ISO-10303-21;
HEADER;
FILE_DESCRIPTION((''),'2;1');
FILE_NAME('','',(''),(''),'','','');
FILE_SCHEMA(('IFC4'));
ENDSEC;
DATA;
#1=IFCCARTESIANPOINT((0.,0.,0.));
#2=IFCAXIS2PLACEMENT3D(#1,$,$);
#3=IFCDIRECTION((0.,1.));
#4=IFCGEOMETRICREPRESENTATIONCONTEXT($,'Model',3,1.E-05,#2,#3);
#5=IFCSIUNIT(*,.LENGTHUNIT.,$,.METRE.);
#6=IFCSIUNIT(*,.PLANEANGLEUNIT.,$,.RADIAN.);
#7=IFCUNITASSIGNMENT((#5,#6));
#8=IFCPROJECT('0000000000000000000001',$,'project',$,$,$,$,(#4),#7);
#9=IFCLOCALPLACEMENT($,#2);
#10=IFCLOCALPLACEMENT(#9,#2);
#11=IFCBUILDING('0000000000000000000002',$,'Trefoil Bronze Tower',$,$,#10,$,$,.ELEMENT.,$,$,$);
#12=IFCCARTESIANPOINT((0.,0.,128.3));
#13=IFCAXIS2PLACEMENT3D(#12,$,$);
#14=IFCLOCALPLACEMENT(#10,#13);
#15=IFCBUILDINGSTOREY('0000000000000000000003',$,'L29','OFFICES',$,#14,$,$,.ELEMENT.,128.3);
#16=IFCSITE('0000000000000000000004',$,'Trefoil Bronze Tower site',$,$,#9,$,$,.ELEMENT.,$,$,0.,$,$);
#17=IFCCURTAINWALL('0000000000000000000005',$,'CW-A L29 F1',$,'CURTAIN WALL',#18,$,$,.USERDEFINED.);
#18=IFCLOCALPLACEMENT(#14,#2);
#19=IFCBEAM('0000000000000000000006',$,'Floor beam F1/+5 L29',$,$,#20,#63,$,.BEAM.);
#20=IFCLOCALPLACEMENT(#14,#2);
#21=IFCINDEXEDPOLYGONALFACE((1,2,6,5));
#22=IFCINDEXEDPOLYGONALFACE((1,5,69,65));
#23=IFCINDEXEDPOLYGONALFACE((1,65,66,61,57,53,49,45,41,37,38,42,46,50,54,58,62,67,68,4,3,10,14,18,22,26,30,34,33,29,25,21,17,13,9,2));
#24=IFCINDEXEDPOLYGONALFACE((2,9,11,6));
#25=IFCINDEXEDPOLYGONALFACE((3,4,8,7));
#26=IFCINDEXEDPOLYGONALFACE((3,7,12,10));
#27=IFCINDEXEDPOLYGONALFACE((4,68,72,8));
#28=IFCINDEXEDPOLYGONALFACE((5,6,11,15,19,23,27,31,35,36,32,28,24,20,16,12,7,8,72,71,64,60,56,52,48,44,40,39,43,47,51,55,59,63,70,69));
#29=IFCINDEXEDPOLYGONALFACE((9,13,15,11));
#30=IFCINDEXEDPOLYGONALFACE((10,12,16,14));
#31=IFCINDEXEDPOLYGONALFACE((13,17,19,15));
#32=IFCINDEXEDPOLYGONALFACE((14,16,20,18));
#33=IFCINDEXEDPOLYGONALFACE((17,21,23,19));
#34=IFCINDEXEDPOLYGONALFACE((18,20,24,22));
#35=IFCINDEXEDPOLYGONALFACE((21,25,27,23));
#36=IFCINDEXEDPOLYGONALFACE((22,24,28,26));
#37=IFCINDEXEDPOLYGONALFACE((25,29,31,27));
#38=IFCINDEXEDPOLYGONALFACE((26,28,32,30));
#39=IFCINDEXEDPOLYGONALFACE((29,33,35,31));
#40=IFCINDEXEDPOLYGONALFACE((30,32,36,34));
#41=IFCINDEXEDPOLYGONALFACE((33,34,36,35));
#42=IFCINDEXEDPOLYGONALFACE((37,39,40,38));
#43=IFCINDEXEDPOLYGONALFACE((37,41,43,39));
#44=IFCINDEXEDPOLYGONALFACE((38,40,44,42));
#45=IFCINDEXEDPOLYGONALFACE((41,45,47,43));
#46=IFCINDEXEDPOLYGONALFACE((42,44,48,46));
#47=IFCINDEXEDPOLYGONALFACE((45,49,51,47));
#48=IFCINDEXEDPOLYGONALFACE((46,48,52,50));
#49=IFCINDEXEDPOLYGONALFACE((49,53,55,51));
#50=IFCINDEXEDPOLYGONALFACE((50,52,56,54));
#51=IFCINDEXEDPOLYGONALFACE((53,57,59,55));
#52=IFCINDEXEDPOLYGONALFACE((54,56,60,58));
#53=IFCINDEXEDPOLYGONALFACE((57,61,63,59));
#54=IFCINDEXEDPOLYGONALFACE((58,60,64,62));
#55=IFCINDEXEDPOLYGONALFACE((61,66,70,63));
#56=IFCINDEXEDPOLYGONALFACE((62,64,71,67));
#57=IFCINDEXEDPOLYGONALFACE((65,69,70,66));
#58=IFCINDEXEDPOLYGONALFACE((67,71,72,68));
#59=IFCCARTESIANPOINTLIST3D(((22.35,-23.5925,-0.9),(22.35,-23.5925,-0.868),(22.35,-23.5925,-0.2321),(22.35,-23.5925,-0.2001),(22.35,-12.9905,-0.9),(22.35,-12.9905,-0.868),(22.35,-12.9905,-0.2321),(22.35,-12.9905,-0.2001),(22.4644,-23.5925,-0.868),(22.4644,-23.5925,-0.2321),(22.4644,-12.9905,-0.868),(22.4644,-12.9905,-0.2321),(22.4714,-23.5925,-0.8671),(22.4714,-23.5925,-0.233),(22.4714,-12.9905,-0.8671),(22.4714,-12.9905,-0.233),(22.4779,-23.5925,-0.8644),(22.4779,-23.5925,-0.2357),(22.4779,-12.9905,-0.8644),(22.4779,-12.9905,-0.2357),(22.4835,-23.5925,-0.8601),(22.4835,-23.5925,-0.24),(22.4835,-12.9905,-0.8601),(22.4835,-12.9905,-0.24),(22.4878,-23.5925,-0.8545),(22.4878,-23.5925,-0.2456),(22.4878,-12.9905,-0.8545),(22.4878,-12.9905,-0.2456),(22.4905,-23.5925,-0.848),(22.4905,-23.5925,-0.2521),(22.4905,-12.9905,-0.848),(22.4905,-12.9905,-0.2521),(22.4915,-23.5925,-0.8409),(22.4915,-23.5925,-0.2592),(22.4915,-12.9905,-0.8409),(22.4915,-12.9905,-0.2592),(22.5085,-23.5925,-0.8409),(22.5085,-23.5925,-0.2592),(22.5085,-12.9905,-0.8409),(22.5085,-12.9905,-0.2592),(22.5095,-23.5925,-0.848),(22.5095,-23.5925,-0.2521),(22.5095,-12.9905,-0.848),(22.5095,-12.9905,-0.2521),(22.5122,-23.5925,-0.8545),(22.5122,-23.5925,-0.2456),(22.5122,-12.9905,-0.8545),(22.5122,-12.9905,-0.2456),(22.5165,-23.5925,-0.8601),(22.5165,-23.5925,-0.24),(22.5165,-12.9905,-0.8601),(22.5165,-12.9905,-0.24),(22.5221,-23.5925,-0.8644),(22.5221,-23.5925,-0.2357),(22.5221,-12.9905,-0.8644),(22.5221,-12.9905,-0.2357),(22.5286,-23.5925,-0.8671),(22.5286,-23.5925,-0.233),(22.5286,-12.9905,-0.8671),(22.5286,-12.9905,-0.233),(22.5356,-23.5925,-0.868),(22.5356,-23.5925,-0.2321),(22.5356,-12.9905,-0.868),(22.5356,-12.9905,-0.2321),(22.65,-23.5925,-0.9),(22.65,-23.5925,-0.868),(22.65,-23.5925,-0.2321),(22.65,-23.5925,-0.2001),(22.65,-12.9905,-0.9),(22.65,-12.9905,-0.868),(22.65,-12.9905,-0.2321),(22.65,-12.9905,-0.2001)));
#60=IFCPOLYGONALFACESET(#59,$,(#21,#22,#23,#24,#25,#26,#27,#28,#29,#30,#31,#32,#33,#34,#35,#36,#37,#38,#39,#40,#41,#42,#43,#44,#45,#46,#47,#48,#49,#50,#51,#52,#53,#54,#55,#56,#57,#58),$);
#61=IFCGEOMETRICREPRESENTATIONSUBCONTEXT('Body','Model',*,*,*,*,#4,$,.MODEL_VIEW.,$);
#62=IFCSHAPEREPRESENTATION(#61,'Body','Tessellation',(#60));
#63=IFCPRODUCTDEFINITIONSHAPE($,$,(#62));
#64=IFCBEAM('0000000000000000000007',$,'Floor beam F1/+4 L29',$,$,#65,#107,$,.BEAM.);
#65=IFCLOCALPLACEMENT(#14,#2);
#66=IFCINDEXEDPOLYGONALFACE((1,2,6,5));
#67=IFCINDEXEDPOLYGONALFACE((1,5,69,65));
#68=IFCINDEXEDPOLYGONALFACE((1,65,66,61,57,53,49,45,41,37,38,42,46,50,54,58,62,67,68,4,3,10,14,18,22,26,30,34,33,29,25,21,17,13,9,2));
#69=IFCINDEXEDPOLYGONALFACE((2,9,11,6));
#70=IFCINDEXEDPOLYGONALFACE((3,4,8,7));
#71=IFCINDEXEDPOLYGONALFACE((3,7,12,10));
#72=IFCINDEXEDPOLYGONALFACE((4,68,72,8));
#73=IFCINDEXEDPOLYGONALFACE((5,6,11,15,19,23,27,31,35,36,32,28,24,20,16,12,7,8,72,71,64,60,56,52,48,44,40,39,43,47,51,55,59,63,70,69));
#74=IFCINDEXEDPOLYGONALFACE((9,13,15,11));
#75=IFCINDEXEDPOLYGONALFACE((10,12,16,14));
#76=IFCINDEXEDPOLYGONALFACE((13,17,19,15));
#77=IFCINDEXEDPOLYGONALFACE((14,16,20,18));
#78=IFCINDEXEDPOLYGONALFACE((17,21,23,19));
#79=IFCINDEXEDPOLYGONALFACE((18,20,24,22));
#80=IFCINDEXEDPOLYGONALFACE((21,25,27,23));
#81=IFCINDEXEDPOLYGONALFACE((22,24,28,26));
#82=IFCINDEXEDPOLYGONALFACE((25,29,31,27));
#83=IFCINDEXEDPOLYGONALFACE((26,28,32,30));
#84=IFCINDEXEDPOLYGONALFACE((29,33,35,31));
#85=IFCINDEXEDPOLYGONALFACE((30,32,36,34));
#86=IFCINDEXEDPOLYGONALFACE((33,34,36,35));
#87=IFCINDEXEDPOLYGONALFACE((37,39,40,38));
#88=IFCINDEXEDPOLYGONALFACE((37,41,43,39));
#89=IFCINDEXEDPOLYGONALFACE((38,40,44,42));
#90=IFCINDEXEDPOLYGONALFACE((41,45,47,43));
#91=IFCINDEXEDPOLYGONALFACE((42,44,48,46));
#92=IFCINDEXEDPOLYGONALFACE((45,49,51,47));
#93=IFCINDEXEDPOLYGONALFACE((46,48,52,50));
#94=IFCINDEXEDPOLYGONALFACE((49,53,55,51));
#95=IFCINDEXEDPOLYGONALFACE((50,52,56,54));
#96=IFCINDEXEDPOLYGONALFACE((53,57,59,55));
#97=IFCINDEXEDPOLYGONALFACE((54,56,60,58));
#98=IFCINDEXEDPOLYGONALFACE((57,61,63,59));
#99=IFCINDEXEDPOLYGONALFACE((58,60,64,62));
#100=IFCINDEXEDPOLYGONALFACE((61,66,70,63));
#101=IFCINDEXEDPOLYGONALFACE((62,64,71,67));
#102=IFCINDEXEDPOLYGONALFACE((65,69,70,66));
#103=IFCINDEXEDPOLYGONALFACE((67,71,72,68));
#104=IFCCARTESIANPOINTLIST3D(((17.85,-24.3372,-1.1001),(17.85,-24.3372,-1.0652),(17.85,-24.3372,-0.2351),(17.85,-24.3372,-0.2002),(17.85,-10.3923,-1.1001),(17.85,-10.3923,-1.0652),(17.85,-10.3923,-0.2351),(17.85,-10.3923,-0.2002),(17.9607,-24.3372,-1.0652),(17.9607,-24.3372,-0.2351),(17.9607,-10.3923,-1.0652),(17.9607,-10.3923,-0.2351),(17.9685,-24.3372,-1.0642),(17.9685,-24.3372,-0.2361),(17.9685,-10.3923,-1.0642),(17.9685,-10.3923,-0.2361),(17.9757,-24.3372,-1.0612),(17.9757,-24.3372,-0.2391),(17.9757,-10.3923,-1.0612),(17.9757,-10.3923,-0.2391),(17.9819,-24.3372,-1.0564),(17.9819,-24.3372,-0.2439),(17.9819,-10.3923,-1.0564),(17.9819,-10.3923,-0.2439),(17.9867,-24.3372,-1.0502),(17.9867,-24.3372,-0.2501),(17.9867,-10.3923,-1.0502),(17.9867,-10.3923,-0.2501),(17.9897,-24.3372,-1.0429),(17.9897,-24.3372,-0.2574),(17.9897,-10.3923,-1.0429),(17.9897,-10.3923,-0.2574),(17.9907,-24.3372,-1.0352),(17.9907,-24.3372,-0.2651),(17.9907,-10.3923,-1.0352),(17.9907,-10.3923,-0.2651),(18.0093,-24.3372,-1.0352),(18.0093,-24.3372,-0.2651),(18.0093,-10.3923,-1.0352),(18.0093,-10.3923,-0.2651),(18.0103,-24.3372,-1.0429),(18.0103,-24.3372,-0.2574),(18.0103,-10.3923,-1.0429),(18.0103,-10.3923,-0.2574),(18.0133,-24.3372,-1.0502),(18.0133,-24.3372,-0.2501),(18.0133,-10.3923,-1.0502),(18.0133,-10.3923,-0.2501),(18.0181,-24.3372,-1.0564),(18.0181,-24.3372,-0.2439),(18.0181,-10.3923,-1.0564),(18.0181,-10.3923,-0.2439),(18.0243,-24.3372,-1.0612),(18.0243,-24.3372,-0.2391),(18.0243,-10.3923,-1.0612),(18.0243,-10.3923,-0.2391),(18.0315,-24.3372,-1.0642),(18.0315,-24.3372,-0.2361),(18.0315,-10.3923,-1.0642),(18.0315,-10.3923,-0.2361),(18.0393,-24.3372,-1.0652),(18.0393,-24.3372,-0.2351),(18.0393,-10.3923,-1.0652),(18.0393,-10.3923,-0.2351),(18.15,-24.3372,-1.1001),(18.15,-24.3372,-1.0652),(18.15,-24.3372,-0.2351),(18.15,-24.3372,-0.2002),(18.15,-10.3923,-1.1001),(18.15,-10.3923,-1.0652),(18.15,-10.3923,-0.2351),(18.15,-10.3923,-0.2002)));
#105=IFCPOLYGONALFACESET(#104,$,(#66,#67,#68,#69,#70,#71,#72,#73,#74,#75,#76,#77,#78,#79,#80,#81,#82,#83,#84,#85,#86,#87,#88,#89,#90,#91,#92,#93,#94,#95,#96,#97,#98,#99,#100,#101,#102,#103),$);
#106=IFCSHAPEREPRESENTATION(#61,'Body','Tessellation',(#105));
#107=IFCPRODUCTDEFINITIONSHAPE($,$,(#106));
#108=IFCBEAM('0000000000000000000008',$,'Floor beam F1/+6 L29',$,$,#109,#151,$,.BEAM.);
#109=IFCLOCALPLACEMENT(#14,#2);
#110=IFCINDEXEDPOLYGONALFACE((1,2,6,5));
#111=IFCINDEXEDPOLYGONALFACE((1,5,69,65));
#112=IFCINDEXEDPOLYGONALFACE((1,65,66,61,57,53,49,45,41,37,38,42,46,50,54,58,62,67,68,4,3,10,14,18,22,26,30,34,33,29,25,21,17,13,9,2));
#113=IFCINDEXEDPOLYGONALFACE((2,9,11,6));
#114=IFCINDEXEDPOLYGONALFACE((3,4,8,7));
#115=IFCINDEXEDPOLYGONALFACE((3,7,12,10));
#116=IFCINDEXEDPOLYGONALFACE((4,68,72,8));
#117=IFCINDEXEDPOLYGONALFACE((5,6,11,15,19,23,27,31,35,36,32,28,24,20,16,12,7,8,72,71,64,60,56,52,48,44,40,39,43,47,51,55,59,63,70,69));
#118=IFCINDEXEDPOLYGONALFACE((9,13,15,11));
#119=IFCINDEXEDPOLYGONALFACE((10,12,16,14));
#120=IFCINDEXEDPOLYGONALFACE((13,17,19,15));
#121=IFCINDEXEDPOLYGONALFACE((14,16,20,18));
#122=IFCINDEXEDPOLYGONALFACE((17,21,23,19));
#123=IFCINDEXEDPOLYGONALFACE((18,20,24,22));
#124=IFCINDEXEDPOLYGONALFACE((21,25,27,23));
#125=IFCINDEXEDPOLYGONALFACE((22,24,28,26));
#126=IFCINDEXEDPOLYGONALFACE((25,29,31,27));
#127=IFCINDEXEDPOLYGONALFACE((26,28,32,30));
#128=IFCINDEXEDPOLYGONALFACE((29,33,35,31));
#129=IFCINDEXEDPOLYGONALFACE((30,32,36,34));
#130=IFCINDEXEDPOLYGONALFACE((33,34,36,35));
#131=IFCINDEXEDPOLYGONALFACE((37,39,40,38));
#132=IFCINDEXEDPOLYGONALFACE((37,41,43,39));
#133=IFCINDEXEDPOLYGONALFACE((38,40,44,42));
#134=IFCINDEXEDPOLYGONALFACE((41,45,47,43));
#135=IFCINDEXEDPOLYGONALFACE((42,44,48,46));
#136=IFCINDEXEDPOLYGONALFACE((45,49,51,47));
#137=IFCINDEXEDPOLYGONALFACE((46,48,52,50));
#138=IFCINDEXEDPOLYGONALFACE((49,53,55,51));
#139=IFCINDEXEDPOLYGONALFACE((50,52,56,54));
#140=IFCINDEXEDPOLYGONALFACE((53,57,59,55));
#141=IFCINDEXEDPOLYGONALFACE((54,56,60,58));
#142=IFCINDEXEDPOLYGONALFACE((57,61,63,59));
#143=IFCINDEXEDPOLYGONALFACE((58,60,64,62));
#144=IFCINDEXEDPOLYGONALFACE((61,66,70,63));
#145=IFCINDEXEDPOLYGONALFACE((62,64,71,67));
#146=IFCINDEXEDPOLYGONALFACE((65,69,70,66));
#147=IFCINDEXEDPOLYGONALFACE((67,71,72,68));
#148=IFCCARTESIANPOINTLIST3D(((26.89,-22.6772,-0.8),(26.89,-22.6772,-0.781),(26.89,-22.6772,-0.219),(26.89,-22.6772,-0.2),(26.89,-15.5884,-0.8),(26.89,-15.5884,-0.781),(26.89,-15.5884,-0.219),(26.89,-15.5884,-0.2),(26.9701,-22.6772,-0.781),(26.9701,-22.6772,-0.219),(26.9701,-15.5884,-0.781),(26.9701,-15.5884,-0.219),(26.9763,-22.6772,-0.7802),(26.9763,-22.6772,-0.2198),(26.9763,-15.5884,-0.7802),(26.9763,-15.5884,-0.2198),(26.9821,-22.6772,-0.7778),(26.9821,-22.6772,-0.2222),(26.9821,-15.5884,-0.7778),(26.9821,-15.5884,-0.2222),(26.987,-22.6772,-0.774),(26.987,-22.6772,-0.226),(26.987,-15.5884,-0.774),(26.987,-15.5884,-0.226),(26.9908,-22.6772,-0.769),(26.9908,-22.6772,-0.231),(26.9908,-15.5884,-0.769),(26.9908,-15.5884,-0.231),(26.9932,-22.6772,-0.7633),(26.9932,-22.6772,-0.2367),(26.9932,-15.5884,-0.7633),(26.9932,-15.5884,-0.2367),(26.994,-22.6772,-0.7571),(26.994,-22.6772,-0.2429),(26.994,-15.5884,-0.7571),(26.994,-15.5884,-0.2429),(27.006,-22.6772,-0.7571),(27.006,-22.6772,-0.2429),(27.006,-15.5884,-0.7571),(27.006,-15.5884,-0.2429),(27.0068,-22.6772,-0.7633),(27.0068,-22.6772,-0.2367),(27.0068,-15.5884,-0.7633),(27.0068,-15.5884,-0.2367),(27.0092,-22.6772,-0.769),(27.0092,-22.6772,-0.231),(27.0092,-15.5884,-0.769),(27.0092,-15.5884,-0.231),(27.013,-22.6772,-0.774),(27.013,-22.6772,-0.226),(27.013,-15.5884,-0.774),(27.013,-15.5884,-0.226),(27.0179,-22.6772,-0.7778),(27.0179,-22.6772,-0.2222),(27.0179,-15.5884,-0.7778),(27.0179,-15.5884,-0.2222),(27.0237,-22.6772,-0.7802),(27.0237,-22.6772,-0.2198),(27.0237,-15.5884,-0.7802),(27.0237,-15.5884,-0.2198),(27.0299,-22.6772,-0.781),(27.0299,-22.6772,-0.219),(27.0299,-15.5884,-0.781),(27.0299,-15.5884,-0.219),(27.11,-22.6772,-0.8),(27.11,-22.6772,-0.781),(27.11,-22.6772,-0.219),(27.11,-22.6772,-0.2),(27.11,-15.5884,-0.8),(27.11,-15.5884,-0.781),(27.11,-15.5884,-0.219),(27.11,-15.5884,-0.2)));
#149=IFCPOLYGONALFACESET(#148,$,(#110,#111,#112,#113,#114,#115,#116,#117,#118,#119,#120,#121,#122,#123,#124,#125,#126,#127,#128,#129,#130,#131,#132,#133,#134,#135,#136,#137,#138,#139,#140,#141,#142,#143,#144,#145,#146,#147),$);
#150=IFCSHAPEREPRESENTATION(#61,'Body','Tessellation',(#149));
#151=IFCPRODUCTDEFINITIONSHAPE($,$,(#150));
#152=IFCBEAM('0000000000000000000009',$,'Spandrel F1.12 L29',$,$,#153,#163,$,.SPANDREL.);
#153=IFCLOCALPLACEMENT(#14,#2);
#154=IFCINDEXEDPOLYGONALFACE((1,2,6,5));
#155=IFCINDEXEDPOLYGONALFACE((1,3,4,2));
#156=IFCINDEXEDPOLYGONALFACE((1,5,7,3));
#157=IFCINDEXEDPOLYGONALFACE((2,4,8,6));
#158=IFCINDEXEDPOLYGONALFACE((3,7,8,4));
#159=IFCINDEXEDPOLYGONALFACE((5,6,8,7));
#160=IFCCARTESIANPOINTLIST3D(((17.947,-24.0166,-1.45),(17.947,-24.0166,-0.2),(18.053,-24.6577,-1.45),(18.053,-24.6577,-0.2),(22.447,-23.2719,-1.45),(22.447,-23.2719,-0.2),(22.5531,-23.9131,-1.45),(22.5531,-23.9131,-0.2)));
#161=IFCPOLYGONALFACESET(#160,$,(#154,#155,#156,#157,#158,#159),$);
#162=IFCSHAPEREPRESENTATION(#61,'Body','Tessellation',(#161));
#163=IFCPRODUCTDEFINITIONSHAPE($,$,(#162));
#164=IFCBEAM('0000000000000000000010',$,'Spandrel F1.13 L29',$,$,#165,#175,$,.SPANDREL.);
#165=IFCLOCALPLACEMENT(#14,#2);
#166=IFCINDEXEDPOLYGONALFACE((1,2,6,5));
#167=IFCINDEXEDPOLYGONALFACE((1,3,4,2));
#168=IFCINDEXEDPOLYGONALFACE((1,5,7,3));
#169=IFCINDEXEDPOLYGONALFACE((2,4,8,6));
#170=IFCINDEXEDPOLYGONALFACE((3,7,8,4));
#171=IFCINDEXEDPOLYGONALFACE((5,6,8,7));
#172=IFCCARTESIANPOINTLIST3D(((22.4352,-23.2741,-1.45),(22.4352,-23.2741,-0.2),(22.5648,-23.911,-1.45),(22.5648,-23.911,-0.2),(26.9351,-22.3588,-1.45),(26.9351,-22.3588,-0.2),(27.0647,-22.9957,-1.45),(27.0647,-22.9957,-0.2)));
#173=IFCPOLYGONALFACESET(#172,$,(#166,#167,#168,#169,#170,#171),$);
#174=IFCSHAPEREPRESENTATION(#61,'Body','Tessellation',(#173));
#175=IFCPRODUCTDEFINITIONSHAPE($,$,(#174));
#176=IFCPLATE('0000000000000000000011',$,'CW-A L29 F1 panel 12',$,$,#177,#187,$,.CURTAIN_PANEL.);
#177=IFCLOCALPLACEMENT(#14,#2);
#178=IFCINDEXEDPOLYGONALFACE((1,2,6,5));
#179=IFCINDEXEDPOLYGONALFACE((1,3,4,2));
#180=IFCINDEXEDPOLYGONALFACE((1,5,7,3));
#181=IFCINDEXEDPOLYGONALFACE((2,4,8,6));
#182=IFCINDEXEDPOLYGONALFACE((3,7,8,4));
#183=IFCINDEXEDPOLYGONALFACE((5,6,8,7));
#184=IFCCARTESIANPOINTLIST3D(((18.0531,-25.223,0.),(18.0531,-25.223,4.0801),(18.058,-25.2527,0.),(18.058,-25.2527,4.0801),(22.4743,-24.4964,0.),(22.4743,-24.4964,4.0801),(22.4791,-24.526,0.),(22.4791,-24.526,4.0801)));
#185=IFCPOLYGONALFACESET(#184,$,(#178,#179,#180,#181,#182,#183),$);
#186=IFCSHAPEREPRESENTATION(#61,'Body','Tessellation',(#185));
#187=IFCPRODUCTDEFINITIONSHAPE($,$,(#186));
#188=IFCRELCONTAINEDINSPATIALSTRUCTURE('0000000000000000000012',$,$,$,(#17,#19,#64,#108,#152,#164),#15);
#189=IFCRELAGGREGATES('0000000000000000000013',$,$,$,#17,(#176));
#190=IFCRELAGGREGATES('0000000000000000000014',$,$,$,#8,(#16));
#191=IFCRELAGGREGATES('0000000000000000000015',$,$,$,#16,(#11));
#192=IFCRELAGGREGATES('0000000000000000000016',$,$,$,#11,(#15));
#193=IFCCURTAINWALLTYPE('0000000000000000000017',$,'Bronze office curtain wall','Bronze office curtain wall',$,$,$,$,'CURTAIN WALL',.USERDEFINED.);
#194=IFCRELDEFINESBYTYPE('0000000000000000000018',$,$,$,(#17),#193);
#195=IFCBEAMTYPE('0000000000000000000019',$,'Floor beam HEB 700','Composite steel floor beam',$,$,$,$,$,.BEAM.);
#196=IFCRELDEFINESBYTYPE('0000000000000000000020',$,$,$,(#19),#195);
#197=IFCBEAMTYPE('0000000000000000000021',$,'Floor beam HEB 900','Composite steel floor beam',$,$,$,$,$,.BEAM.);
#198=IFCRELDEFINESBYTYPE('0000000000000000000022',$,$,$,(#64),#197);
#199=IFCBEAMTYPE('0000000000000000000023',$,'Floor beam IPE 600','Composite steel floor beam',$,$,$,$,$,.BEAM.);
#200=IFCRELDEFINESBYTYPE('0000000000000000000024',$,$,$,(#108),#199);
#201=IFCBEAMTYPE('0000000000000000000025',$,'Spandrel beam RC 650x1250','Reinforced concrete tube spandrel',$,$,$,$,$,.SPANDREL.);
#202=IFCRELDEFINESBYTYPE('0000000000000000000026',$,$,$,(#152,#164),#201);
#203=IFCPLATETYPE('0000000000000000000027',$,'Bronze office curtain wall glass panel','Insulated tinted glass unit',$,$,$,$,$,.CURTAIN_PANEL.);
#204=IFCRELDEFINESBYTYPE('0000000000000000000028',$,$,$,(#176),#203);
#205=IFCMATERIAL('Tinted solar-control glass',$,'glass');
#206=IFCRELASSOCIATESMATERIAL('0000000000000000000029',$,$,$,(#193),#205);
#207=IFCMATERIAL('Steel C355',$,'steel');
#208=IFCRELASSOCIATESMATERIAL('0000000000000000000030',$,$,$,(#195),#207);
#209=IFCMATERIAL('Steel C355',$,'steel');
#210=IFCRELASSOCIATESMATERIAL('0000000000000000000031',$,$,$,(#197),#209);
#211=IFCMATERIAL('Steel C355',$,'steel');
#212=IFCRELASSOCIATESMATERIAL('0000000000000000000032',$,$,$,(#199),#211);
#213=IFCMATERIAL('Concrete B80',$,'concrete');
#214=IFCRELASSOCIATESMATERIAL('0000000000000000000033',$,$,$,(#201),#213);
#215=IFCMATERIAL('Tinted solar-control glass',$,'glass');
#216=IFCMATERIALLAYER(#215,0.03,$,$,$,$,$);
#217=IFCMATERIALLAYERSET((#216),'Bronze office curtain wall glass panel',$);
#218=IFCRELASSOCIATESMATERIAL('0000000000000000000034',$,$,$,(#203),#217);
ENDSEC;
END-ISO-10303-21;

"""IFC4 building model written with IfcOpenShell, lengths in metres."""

from ifc_helpers import new_model, si_unit, direction, frame, origin, origin_2d, place, context, subcontext, project, spatial, rectangle, i_section, extrude, material, layer, layer_set, material_profile, profile_set, type_object, element, aggregate, save


model = new_model("IFC4")

# Units and contexts
model_context = context("Model", 3, precision=1e-05, world=origin(), true_north=direction((0.0, 1.0)))
body_context = subcontext(model_context, "Body", "Model", "MODEL_VIEW")
ifc_project = project(units=[si_unit("LENGTHUNIT", "METRE"), si_unit("PLANEANGLEUNIT", "RADIAN")], contexts=[model_context])

# Site, building, storey
site_placement = place(None, origin())
site = spatial("IfcSite", under=ifc_project, at=site_placement, Name="Trefoil Bronze Tower site", CompositionType="ELEMENT", RefElevation=0.0)
building_placement = place(site_placement, origin())
building = spatial("IfcBuilding", under=site, at=building_placement, Name="Trefoil Bronze Tower", CompositionType="ELEMENT")
storey_placement = place(building_placement, frame((0.0, 0.0, 128.3)))
storey = spatial("IfcBuildingStorey", under=building, at=storey_placement, Name="L29", Description="OFFICES", CompositionType="ELEMENT", Elevation=128.3)

# Curtain wall
ifc_material_1 = material(Name="Tinted solar-control glass", Category="glass")
curtain_wall_type_1 = type_object("IfcCurtainWallType", Name="Bronze office curtain wall", Description="Bronze office curtain wall", ElementType="CURTAIN WALL", PredefinedType="USERDEFINED", material=ifc_material_1)
curtain_wall_1_placement = place(storey_placement, origin())
curtain_wall_1 = element("IfcCurtainWall", 1, at=curtain_wall_1_placement, inside=storey, type_object=curtain_wall_type_1, Name="CW-A L29 F1", ObjectType="CURTAIN WALL", PredefinedType="USERDEFINED")

# Beams
ifc_material_2 = material(Name="Steel C355", Category="steel")
ifc_material_profile_1 = material_profile(ifc_material_2, i_section(OverallWidth=0.3, OverallDepth=0.7, WebThickness=0.0171, FlangeThickness=0.032, FilletRadius=0.0271, at=origin_2d()), Name="HEB 700")
ifc_profile_set_1 = profile_set([ifc_material_profile_1], Name="Steel C355")
beam_type_1 = type_object("IfcBeamType", Name="Floor beam HEB 700", Description="Composite steel floor beam", PredefinedType="BEAM", material=ifc_profile_set_1)
beam_1_placement = place(storey_placement, frame((22.5, -23.5925, -0.55), z_axis=(0.0, 1.0, 0.0), x_axis=(-1.0, 0.0, 0.0)))
element("IfcBeam", 2, at=beam_1_placement, inside=storey, type_object=beam_type_1, Name="Floor beam F1/+5 L29", PredefinedType="BEAM", context=body_context, shape_type="SweptSolid", body=[
    extrude(i_section(OverallWidth=0.3, OverallDepth=0.7, WebThickness=0.0171, FlangeThickness=0.032, FilletRadius=0.0271, at=origin_2d()), origin(), (0.0, 0.0, 1.0), 10.6021),
])
ifc_material_3 = material(Name="Steel C355", Category="steel")
ifc_material_profile_2 = material_profile(ifc_material_3, i_section(OverallWidth=0.3, OverallDepth=0.8999, WebThickness=0.0186, FlangeThickness=0.0349, FilletRadius=0.03, at=origin_2d()), Name="HEB 900")
ifc_profile_set_2 = profile_set([ifc_material_profile_2], Name="Steel C355")
beam_type_2 = type_object("IfcBeamType", Name="Floor beam HEB 900", Description="Composite steel floor beam", PredefinedType="BEAM", material=ifc_profile_set_2)
beam_2_placement = place(storey_placement, frame((18.0, -24.3372, -0.6501), z_axis=(0.0, 1.0, 0.0), x_axis=(-1.0, 0.0, 0.0)))
element("IfcBeam", 3, at=beam_2_placement, inside=storey, type_object=beam_type_2, Name="Floor beam F1/+4 L29", PredefinedType="BEAM", context=body_context, shape_type="SweptSolid", body=[
    extrude(i_section(OverallWidth=0.3, OverallDepth=0.8999, WebThickness=0.0186, FlangeThickness=0.0349, FilletRadius=0.03, at=origin_2d()), origin(), (0.0, 0.0, 1.0), 13.9448),
])
ifc_material_4 = material(Name="Steel C355", Category="steel")
ifc_material_profile_3 = material_profile(ifc_material_4, i_section(OverallWidth=0.22, OverallDepth=0.6001, WebThickness=0.012, FlangeThickness=0.019, FilletRadius=0.0239, at=origin_2d()), Name="IPE 600")
ifc_profile_set_3 = profile_set([ifc_material_profile_3], Name="Steel C355")
beam_type_3 = type_object("IfcBeamType", Name="Floor beam IPE 600", Description="Composite steel floor beam", PredefinedType="BEAM", material=ifc_profile_set_3)
beam_3_placement = place(storey_placement, frame((27.0, -22.6772, -0.5), z_axis=(0.0, 1.0, 0.0), x_axis=(-1.0, 0.0, 0.0)))
element("IfcBeam", 4, at=beam_3_placement, inside=storey, type_object=beam_type_3, Name="Floor beam F1/+6 L29", PredefinedType="BEAM", context=body_context, shape_type="SweptSolid", body=[
    extrude(i_section(OverallWidth=0.22, OverallDepth=0.6001, WebThickness=0.012, FlangeThickness=0.019, FilletRadius=0.0239, at=origin_2d()), origin(), (0.0, 0.0, 1.0), 7.0889),
])
ifc_material_5 = material(Name="Concrete B80", Category="concrete")
ifc_material_profile_4 = material_profile(ifc_material_5, rectangle(XDim=0.6499, YDim=1.25, at=origin_2d()), Name="RC 650x1250")
ifc_profile_set_4 = profile_set([ifc_material_profile_4], Name="Concrete B80")
beam_type_4 = type_object("IfcBeamType", Name="Spandrel beam RC 650x1250", Description="Reinforced concrete tube spandrel", PredefinedType="SPANDREL", material=ifc_profile_set_4)
beam_4_placement = place(storey_placement, frame((18.0, -24.3372, -0.825), z_axis=(0.986584, 0.163253, 0.0), x_axis=(-0.163253, 0.986584, 0.0)))
element("IfcBeam", 5, at=beam_4_placement, inside=storey, type_object=beam_type_4, Name="Spandrel F1.12 L29", PredefinedType="SPANDREL", context=body_context, shape_type="SweptSolid", body=[
    extrude(rectangle(XDim=0.6499, YDim=1.25, at=origin_2d()), origin(), (0.0, 0.0, 1.0), 4.5613),
])
beam_5_placement = place(storey_placement, frame((22.5, -23.5925, -0.825), z_axis=(0.979935, 0.199315, 0.0), x_axis=(-0.199315, 0.979935, 0.0)))
element("IfcBeam", 6, at=beam_5_placement, inside=storey, type_object=beam_type_4, Name="Spandrel F1.13 L29", PredefinedType="SPANDREL", context=body_context, shape_type="SweptSolid", body=[
    extrude(rectangle(XDim=0.6499, YDim=1.25, at=origin_2d()), origin(), (0.0, 0.0, 1.0), 4.592),
])

# Plate
ifc_material_6 = material(Name="Tinted solar-control glass", Category="glass")
ifc_layer_1 = layer(ifc_material_6, 0.03)
ifc_layer_set_1 = layer_set([ifc_layer_1], Name="Bronze office curtain wall glass panel")
plate_type_1 = type_object("IfcPlateType", Name="Bronze office curtain wall glass panel", Description="Insulated tinted glass unit", PredefinedType="CURTAIN_PANEL", material=ifc_layer_set_1)
plate_1_placement = place(storey_placement, frame((20.2661, -24.8745, 0.0), z_axis=(0.0, 0.0, 1.0), x_axis=(0.98676, 0.162189, 0.0)))
plate_1 = element("IfcPlate", 7, at=plate_1_placement, type_object=plate_type_1, Name="CW-A L29 F1 panel 12", PredefinedType="CURTAIN_PANEL", context=body_context, shape_type="SweptSolid", body=[
    extrude(rectangle(XDim=4.4805, YDim=0.03, at=origin_2d()), origin(), (0.0, 0.0, 1.0), 4.0801),
])
aggregate(curtain_wall_1, [plate_1])

save(model, "model.ifc")
